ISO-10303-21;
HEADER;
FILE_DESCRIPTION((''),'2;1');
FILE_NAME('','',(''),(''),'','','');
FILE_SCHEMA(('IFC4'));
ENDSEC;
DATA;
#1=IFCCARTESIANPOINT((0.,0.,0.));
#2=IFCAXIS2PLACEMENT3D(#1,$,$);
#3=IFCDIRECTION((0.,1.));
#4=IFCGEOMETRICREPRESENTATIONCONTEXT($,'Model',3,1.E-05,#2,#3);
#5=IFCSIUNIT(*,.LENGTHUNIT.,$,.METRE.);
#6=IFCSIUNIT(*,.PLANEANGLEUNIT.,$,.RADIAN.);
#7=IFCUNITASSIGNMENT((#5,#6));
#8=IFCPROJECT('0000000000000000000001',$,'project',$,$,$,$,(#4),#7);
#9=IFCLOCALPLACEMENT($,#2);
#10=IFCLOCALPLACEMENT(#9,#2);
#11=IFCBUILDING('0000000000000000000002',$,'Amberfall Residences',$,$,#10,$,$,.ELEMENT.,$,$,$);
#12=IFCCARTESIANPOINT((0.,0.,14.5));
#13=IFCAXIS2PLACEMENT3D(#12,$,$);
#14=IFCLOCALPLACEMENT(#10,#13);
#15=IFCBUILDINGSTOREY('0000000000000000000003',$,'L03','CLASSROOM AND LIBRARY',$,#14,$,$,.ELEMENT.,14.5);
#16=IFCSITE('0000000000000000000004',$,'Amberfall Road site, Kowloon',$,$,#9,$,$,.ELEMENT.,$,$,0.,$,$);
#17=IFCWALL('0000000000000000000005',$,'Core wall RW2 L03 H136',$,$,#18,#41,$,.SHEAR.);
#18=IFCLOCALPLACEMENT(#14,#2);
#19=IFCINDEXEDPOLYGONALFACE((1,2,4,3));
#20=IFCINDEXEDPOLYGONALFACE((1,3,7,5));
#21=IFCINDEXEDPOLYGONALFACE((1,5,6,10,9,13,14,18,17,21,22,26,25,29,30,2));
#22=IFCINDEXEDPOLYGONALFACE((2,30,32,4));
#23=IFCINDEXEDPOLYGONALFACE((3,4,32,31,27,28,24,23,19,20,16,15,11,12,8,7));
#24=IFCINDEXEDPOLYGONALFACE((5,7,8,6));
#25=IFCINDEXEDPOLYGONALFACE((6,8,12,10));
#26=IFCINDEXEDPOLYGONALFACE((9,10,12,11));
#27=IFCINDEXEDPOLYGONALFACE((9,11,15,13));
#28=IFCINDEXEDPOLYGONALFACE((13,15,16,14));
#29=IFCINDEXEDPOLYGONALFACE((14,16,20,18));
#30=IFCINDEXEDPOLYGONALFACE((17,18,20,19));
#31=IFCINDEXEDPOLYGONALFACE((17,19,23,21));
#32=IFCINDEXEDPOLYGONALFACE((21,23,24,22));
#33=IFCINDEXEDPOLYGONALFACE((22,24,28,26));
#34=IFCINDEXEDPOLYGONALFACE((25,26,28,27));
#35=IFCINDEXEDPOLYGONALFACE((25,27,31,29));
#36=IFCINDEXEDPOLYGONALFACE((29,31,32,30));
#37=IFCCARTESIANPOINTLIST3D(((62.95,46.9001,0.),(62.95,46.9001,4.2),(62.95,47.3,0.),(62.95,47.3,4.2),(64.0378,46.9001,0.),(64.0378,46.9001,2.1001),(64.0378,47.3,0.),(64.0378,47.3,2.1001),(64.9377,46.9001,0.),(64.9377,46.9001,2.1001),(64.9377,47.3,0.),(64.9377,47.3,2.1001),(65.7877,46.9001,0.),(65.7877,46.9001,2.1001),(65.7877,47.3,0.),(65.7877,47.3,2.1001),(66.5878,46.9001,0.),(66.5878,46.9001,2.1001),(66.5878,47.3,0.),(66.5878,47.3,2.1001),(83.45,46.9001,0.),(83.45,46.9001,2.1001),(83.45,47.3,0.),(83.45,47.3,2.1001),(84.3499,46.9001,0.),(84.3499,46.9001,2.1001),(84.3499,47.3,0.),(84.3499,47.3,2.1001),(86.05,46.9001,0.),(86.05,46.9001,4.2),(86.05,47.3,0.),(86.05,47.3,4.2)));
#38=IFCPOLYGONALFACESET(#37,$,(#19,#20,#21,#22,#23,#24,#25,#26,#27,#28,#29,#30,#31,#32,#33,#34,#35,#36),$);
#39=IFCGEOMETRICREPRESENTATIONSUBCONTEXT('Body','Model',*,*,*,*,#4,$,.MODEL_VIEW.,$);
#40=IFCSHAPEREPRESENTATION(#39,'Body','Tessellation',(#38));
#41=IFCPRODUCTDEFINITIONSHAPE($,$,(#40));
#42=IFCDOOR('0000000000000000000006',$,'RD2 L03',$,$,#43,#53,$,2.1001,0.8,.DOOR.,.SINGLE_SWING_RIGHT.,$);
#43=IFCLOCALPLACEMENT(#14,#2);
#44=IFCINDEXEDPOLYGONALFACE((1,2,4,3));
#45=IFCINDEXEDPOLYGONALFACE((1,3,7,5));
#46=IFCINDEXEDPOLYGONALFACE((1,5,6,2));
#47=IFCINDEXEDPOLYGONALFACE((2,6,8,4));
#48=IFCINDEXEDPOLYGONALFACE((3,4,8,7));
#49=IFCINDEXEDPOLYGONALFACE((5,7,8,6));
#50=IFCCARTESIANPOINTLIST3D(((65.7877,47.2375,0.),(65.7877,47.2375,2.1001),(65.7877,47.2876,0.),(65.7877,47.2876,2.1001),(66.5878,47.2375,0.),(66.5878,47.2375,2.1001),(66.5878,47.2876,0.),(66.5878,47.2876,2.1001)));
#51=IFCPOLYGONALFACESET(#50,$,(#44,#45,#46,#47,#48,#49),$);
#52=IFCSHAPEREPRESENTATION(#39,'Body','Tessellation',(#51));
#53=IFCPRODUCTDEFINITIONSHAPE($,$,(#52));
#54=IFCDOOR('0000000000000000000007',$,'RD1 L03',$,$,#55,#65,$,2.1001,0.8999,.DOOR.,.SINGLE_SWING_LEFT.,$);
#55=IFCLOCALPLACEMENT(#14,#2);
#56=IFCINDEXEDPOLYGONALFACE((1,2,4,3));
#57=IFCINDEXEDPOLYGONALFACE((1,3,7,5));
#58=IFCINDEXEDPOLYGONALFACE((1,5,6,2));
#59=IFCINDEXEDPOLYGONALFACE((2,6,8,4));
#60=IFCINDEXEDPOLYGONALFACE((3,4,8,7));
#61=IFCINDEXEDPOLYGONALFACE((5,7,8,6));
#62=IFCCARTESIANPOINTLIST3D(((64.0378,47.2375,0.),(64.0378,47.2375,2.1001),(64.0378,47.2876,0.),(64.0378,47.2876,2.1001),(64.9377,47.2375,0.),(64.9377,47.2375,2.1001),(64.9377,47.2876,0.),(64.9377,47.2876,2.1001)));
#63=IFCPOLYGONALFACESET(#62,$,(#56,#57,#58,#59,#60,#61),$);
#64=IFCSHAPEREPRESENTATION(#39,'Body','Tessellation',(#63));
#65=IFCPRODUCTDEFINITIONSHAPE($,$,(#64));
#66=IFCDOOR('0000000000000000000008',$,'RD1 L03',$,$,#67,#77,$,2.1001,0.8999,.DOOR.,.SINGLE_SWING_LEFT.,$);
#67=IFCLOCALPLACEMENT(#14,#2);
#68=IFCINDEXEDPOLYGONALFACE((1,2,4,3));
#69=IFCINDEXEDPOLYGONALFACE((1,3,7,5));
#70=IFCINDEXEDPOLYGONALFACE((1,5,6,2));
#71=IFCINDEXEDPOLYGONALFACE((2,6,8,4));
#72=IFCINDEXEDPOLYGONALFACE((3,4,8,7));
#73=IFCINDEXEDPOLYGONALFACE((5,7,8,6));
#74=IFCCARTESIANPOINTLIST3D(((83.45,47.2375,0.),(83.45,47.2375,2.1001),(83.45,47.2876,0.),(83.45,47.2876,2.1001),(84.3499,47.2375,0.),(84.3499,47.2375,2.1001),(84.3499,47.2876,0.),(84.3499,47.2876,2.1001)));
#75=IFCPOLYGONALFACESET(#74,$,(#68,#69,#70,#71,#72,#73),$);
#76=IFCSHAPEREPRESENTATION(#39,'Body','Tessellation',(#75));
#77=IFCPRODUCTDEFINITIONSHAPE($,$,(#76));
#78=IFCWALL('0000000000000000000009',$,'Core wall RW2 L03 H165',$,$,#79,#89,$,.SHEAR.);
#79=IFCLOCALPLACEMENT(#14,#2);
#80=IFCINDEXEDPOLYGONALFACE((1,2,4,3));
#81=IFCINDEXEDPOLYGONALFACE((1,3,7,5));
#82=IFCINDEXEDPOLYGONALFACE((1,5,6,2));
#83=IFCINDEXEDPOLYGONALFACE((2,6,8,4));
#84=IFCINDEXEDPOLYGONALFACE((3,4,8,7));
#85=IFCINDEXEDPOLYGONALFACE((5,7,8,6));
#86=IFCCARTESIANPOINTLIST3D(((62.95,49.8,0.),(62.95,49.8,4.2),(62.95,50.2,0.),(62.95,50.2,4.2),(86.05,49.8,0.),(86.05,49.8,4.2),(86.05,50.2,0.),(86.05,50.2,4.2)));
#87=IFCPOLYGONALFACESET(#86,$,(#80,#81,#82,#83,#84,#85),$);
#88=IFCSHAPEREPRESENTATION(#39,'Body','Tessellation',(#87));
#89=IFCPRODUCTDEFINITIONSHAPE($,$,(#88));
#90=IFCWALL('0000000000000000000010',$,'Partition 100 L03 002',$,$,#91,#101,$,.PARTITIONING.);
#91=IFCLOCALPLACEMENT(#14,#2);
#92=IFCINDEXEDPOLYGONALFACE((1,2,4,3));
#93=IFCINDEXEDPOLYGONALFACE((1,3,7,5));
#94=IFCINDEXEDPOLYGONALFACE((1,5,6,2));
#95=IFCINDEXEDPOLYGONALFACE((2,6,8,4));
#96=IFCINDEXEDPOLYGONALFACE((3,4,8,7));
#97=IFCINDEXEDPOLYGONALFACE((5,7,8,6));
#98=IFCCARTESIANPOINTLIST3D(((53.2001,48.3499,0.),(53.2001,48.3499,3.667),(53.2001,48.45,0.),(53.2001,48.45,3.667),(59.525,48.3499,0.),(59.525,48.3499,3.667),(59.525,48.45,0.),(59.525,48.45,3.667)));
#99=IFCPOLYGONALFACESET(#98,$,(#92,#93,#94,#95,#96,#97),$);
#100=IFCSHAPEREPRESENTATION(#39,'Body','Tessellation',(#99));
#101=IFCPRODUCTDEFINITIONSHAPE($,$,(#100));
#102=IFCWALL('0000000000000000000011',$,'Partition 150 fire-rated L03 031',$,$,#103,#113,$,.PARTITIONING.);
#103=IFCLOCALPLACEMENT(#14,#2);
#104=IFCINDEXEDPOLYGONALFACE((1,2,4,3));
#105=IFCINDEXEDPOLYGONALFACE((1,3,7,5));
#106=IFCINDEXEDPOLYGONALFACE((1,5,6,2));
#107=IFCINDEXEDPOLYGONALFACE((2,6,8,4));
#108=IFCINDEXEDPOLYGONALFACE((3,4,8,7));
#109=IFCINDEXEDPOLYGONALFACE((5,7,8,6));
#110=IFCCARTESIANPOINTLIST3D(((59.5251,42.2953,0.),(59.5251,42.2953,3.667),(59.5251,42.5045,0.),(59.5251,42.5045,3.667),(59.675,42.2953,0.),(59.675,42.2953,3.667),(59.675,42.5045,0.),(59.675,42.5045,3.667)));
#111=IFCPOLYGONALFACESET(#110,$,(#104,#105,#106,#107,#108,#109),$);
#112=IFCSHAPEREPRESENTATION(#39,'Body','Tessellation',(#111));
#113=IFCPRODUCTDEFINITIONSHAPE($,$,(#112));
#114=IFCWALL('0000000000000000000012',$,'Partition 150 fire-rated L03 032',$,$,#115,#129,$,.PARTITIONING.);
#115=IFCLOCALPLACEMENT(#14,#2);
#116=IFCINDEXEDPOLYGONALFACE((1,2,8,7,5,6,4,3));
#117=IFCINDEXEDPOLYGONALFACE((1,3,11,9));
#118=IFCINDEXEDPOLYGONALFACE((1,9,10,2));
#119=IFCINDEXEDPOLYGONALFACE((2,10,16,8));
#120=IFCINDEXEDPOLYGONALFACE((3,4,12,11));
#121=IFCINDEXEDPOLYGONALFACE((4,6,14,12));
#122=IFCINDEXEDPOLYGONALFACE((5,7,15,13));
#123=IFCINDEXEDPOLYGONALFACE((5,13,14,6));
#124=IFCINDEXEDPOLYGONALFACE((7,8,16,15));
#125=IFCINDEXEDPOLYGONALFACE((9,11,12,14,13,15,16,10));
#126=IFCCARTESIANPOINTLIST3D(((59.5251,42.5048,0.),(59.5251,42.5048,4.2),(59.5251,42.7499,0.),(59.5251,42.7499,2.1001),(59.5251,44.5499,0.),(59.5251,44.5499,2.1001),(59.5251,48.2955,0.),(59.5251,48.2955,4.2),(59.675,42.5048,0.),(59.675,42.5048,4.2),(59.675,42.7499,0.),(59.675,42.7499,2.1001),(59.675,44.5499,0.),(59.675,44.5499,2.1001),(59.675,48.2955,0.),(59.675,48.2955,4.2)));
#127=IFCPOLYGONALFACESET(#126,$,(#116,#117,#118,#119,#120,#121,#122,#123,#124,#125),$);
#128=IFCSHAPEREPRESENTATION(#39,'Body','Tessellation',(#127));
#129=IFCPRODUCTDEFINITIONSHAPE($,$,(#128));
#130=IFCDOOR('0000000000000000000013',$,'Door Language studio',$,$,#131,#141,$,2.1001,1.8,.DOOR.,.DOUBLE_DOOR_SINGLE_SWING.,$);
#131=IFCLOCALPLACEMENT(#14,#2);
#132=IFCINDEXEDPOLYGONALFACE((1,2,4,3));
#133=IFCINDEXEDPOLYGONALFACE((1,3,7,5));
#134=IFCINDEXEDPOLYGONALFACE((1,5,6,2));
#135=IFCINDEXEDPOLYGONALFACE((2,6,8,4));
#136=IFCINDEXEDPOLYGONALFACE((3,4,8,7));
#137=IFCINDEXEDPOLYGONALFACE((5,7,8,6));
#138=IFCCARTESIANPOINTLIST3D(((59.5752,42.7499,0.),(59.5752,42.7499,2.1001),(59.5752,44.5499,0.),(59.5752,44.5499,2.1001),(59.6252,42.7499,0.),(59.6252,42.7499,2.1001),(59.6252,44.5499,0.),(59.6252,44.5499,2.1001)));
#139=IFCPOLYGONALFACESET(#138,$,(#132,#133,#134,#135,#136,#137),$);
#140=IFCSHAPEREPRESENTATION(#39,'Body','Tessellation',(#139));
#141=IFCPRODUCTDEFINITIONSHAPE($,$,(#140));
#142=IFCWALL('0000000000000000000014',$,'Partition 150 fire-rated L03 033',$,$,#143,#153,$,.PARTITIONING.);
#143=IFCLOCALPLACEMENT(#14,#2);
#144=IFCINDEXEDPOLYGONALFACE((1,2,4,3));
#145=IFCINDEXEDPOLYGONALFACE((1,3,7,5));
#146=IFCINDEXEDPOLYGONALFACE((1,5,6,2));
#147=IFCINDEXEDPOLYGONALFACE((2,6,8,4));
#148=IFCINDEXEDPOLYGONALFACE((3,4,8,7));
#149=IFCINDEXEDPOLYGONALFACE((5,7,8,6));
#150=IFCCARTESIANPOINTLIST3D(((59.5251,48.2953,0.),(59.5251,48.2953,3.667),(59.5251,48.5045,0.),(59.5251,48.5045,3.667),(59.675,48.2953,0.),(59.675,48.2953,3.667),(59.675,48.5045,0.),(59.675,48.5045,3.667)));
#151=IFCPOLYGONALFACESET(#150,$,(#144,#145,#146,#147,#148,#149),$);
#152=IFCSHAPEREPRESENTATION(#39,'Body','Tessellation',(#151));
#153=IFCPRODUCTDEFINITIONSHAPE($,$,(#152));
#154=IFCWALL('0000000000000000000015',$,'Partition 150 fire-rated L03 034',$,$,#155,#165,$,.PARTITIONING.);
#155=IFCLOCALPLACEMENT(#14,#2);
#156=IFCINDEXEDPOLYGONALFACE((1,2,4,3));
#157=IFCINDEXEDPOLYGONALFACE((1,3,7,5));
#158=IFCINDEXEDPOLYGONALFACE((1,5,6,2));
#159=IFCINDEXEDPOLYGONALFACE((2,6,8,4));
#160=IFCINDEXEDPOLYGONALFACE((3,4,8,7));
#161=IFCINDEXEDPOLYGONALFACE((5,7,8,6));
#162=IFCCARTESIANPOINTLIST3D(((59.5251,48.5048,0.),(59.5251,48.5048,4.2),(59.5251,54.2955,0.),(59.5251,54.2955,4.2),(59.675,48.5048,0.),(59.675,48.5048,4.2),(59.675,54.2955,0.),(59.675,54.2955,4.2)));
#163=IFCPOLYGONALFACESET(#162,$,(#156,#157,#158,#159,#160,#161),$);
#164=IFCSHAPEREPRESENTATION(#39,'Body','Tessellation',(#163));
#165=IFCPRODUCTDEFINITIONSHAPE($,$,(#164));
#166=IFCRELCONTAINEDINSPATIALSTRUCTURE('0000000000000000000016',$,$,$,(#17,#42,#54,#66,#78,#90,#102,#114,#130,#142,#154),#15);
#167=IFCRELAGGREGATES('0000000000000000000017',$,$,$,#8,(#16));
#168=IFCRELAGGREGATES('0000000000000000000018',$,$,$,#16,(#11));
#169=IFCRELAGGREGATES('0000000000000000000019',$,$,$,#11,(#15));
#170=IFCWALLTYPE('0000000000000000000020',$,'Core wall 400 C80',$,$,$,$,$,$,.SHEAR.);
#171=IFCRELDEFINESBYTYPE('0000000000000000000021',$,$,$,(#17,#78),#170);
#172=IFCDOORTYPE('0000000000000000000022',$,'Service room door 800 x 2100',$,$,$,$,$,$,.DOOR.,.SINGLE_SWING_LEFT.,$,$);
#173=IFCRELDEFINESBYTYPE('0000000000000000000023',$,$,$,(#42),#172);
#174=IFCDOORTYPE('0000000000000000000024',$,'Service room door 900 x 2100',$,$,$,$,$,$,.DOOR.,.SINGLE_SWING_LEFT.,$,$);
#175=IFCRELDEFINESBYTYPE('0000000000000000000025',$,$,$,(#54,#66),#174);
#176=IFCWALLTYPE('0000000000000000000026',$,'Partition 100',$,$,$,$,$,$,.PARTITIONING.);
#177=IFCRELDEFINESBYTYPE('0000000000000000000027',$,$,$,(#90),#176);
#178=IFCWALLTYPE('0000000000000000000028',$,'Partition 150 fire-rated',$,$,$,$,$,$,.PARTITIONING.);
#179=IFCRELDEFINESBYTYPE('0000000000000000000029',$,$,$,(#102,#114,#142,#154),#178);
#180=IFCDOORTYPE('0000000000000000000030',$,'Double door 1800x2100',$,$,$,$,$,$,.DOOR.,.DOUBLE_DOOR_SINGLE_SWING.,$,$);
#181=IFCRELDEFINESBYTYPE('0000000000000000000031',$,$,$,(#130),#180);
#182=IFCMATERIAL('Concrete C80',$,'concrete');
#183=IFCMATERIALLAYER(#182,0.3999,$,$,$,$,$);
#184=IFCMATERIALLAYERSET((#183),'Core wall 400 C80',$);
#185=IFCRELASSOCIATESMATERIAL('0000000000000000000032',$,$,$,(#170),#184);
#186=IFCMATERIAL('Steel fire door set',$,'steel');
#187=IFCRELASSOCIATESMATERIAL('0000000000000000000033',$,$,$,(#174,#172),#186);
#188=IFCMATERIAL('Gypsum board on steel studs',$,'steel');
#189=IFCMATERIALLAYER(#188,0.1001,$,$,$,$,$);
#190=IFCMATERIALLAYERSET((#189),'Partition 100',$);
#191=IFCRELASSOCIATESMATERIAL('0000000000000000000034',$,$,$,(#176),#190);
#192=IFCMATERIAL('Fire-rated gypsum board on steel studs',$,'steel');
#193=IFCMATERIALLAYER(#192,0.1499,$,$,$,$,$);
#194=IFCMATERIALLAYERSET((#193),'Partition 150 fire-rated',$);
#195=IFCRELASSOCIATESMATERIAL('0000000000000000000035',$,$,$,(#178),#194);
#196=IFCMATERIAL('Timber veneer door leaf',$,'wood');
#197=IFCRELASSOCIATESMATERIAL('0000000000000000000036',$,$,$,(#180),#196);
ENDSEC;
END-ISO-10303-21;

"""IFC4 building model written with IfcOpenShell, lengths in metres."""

from ifc_helpers import new_model, si_unit, direction, frame, frame_2d, origin, place, context, subcontext, project, spatial, rectangle, extrude, material, layer, layer_set, type_object, element, fill, save


model = new_model("IFC4")

# Units and contexts
model_context = context("Model", 3, precision=1e-05, world=origin(), true_north=direction((0.0, 1.0)))
body_context = subcontext(model_context, "Body", "Model", "MODEL_VIEW")
ifc_project = project(units=[si_unit("LENGTHUNIT", "METRE"), si_unit("PLANEANGLEUNIT", "RADIAN")], contexts=[model_context])

# Site, building, storey
site_placement = place(None, origin())
site = spatial("IfcSite", under=ifc_project, at=site_placement, Name="Amberfall Road site, Kowloon", CompositionType="ELEMENT", RefElevation=0.0)
building_placement = place(site_placement, origin())
building = spatial("IfcBuilding", under=site, at=building_placement, Name="Amberfall Residences", CompositionType="ELEMENT")
storey_placement = place(building_placement, frame((0.0, 0.0, 14.5)))
storey = spatial("IfcBuildingStorey", under=building, at=storey_placement, Name="L03", Description="CLASSROOM AND LIBRARY", CompositionType="ELEMENT", Elevation=14.5)

# Wall, openings, doors
ifc_material_1 = material(Name="Concrete C80", Category="concrete")
ifc_layer_1 = layer(ifc_material_1, 0.3999)
ifc_layer_set_1 = layer_set([ifc_layer_1], Name="Core wall 400 C80")
wall_type_1 = type_object("IfcWallType", Name="Core wall 400 C80", PredefinedType="SHEAR", material=ifc_layer_set_1)
ifc_material_2 = material(Name="Steel fire door set", Category="steel")
door_type_1 = type_object("IfcDoorType", Name="Service room door 900 x 2100", OperationType="SINGLE_SWING_LEFT", PredefinedType="DOOR", material=ifc_material_2)
wall_1_placement = place(storey_placement, frame((62.95, 47.1001, 0.0), z_axis=(0.0, 0.0, 1.0), x_axis=(1.0, 0.0, 0.0)))
wall_1 = element("IfcWall", 1, at=wall_1_placement, inside=storey, type_object=wall_type_1, Name="Core wall RW2 L03 H136", PredefinedType="SHEAR", context=body_context, shape_type="SweptSolid", body=[
    extrude(rectangle(XDim=23.1001, YDim=0.3999, at=frame_2d((11.55, 0.0))), origin(), (0.0, 0.0, 1.0), 4.2),
])
opening_1_placement = place(wall_1_placement, frame((1.0879, 0.0, 0.0)))
opening_1 = element("IfcOpeningElement", 2, at=opening_1_placement, cuts=wall_1, PredefinedType="OPENING", context=body_context, shape_type="SweptSolid", body=[
    extrude(rectangle(XDim=0.8999, YDim=2.1001, at=frame_2d((0.45, 1.05))), frame((0.0, 0.21, 0.0), z_axis=(0.0, -1.0, 0.0), x_axis=(1.0, 0.0, 0.0)), (0.0, 0.0, 1.0), 0.4199),
])
opening_2_placement = place(wall_1_placement, frame((2.8379, 0.0, 0.0)))
opening_2 = element("IfcOpeningElement", 3, at=opening_2_placement, cuts=wall_1, PredefinedType="OPENING", context=body_context, shape_type="SweptSolid", body=[
    extrude(rectangle(XDim=0.8, YDim=2.1001, at=frame_2d((0.3999, 1.05))), frame((0.0, 0.21, 0.0), z_axis=(0.0, -1.0, 0.0), x_axis=(1.0, 0.0, 0.0)), (0.0, 0.0, 1.0), 0.4199),
])
opening_3_placement = place(wall_1_placement, frame((20.5, 0.0, 0.0)))
opening_3 = element("IfcOpeningElement", 4, at=opening_3_placement, cuts=wall_1, PredefinedType="OPENING", context=body_context, shape_type="SweptSolid", body=[
    extrude(rectangle(XDim=0.8999, YDim=2.1001, at=frame_2d((0.45, 1.05))), frame((0.0, 0.21, 0.0), z_axis=(0.0, -1.0, 0.0), x_axis=(1.0, 0.0, 0.0)), (0.0, 0.0, 1.0), 0.4199),
])
door_type_2 = type_object("IfcDoorType", Name="Service room door 800 x 2100", OperationType="SINGLE_SWING_LEFT", PredefinedType="DOOR", material=ifc_material_2)
door_1_placement = place(opening_2_placement, origin())
door_1 = element("IfcDoor", 5, at=door_1_placement, inside=storey, type_object=door_type_2, Name="RD2 L03", OperationType="SINGLE_SWING_RIGHT", OverallHeight=2.1001, OverallWidth=0.8, PredefinedType="DOOR", context=body_context, shape_type="SweptSolid", body=[
    extrude(rectangle(XDim=0.8, YDim=2.1001, at=frame_2d((0.3999, 1.05))), frame((0.0, 0.1875, 0.0), z_axis=(0.0, -1.0, 0.0), x_axis=(1.0, 0.0, 0.0)), (0.0, 0.0, 1.0), 0.05),
])
fill(opening_2, door_1)
door_2_placement = place(opening_1_placement, origin())
door_2 = element("IfcDoor", 6, at=door_2_placement, inside=storey, type_object=door_type_1, Name="RD1 L03", OperationType="SINGLE_SWING_LEFT", OverallHeight=2.1001, OverallWidth=0.8999, PredefinedType="DOOR", context=body_context, shape_type="SweptSolid", body=[
    extrude(rectangle(XDim=0.8999, YDim=2.1001, at=frame_2d((0.45, 1.05))), frame((0.0, 0.1875, 0.0), z_axis=(0.0, -1.0, 0.0), x_axis=(1.0, 0.0, 0.0)), (0.0, 0.0, 1.0), 0.05),
])
fill(opening_1, door_2)
door_3_placement = place(opening_3_placement, origin())
door_3 = element("IfcDoor", 7, at=door_3_placement, inside=storey, type_object=door_type_1, Name="RD1 L03", OperationType="SINGLE_SWING_LEFT", OverallHeight=2.1001, OverallWidth=0.8999, PredefinedType="DOOR", context=body_context, shape_type="SweptSolid", body=[
    extrude(rectangle(XDim=0.8999, YDim=2.1001, at=frame_2d((0.45, 1.05))), frame((0.0, 0.1875, 0.0), z_axis=(0.0, -1.0, 0.0), x_axis=(1.0, 0.0, 0.0)), (0.0, 0.0, 1.0), 0.05),
])
fill(opening_3, door_3)

# Walls
wall_2_placement = place(storey_placement, frame((62.95, 50.0, 0.0), z_axis=(0.0, 0.0, 1.0), x_axis=(1.0, 0.0, 0.0)))
element("IfcWall", 8, at=wall_2_placement, inside=storey, type_object=wall_type_1, Name="Core wall RW2 L03 H165", PredefinedType="SHEAR", context=body_context, shape_type="SweptSolid", body=[
    extrude(rectangle(XDim=23.1001, YDim=0.3999, at=frame_2d((11.55, 0.0))), origin(), (0.0, 0.0, 1.0), 4.2),
])
ifc_material_3 = material(Name="Gypsum board on steel studs", Category="steel")
ifc_layer_2 = layer(ifc_material_3, 0.1001)
ifc_layer_set_2 = layer_set([ifc_layer_2], Name="Partition 100")
wall_type_2 = type_object("IfcWallType", Name="Partition 100", PredefinedType="PARTITIONING", material=ifc_layer_set_2)
wall_3_placement = place(storey_placement, frame((53.2, 48.3999, 0.0), z_axis=(0.0, 0.0, 1.0), x_axis=(1.0, 0.0, 0.0)))
element("IfcWall", 9, at=wall_3_placement, inside=storey, type_object=wall_type_2, Name="Partition 100 L03 002", PredefinedType="PARTITIONING", context=body_context, shape_type="SweptSolid", body=[
    extrude(rectangle(XDim=6.325, YDim=0.1001, at=frame_2d((3.1626, 0.0))), origin(), (0.0, 0.0, 1.0), 3.667),
])
ifc_material_4 = material(Name="Fire-rated gypsum board on steel studs", Category="steel")
ifc_layer_3 = layer(ifc_material_4, 0.1499)
ifc_layer_set_3 = layer_set([ifc_layer_3], Name="Partition 150 fire-rated")
wall_type_3 = type_object("IfcWallType", Name="Partition 150 fire-rated", PredefinedType="PARTITIONING", material=ifc_layer_set_3)
wall_4_placement = place(storey_placement, frame((59.6001, 42.2954, 0.0), z_axis=(0.0, 0.0, 1.0), x_axis=(0.0, 1.0, 0.0)))
element("IfcWall", 10, at=wall_4_placement, inside=storey, type_object=wall_type_3, Name="Partition 150 fire-rated L03 031", PredefinedType="PARTITIONING", context=body_context, shape_type="SweptSolid", body=[
    extrude(rectangle(XDim=0.2092, YDim=0.1499, at=frame_2d((0.1045, 0.0))), origin(), (0.0, 0.0, 1.0), 3.667),
])

# Wall, opening, door
wall_5_placement = place(storey_placement, frame((59.6001, 42.5046, 0.0), z_axis=(0.0, 0.0, 1.0), x_axis=(0.0, 1.0, 0.0)))
wall_5 = element("IfcWall", 11, at=wall_5_placement, inside=storey, type_object=wall_type_3, Name="Partition 150 fire-rated L03 032", PredefinedType="PARTITIONING", context=body_context, shape_type="SweptSolid", body=[
    extrude(rectangle(XDim=5.7908, YDim=0.1499, at=frame_2d((2.8955, 0.0))), origin(), (0.0, 0.0, 1.0), 4.2),
])
opening_4_placement = place(wall_5_placement, frame((0.2454, 0.0, 0.0)))
opening_4 = element("IfcOpeningElement", 12, at=opening_4_placement, cuts=wall_5, PredefinedType="OPENING", context=body_context, shape_type="SweptSolid", body=[
    extrude(rectangle(XDim=1.8, YDim=2.1001, at=frame_2d((0.8999, 1.05))), frame((0.0, 0.085, 0.0), z_axis=(0.0, -1.0, 0.0), x_axis=(1.0, 0.0, 0.0)), (0.0, 0.0, 1.0), 0.1699),
])
ifc_material_5 = material(Name="Timber veneer door leaf", Category="wood")
door_type_3 = type_object("IfcDoorType", Name="Double door 1800x2100", OperationType="DOUBLE_DOOR_SINGLE_SWING", PredefinedType="DOOR", material=ifc_material_5)
door_4_placement = place(opening_4_placement, origin())
door_4 = element("IfcDoor", 13, at=door_4_placement, inside=storey, type_object=door_type_3, Name="Door Language studio", OperationType="DOUBLE_DOOR_SINGLE_SWING", OverallHeight=2.1001, OverallWidth=1.8, PredefinedType="DOOR", context=body_context, shape_type="SweptSolid", body=[
    extrude(rectangle(XDim=1.8, YDim=2.1001, at=frame_2d((0.8999, 1.05))), frame((0.0, 0.0249, 0.0), z_axis=(0.0, -1.0, 0.0), x_axis=(1.0, 0.0, 0.0)), (0.0, 0.0, 1.0), 0.05),
])
fill(opening_4, door_4)

# Walls
wall_6_placement = place(storey_placement, frame((59.6001, 48.2954, 0.0), z_axis=(0.0, 0.0, 1.0), x_axis=(0.0, 1.0, 0.0)))
element("IfcWall", 14, at=wall_6_placement, inside=storey, type_object=wall_type_3, Name="Partition 150 fire-rated L03 033", PredefinedType="PARTITIONING", context=body_context, shape_type="SweptSolid", body=[
    extrude(rectangle(XDim=0.2092, YDim=0.1499, at=frame_2d((0.1045, 0.0))), origin(), (0.0, 0.0, 1.0), 3.667),
])
wall_7_placement = place(storey_placement, frame((59.6001, 48.5046, 0.0), z_axis=(0.0, 0.0, 1.0), x_axis=(0.0, 1.0, 0.0)))
element("IfcWall", 15, at=wall_7_placement, inside=storey, type_object=wall_type_3, Name="Partition 150 fire-rated L03 034", PredefinedType="PARTITIONING", context=body_context, shape_type="SweptSolid", body=[
    extrude(rectangle(XDim=5.7908, YDim=0.1499, at=frame_2d((2.8955, 0.0))), origin(), (0.0, 0.0, 1.0), 4.2),
])

save(model, "model.ifc")
